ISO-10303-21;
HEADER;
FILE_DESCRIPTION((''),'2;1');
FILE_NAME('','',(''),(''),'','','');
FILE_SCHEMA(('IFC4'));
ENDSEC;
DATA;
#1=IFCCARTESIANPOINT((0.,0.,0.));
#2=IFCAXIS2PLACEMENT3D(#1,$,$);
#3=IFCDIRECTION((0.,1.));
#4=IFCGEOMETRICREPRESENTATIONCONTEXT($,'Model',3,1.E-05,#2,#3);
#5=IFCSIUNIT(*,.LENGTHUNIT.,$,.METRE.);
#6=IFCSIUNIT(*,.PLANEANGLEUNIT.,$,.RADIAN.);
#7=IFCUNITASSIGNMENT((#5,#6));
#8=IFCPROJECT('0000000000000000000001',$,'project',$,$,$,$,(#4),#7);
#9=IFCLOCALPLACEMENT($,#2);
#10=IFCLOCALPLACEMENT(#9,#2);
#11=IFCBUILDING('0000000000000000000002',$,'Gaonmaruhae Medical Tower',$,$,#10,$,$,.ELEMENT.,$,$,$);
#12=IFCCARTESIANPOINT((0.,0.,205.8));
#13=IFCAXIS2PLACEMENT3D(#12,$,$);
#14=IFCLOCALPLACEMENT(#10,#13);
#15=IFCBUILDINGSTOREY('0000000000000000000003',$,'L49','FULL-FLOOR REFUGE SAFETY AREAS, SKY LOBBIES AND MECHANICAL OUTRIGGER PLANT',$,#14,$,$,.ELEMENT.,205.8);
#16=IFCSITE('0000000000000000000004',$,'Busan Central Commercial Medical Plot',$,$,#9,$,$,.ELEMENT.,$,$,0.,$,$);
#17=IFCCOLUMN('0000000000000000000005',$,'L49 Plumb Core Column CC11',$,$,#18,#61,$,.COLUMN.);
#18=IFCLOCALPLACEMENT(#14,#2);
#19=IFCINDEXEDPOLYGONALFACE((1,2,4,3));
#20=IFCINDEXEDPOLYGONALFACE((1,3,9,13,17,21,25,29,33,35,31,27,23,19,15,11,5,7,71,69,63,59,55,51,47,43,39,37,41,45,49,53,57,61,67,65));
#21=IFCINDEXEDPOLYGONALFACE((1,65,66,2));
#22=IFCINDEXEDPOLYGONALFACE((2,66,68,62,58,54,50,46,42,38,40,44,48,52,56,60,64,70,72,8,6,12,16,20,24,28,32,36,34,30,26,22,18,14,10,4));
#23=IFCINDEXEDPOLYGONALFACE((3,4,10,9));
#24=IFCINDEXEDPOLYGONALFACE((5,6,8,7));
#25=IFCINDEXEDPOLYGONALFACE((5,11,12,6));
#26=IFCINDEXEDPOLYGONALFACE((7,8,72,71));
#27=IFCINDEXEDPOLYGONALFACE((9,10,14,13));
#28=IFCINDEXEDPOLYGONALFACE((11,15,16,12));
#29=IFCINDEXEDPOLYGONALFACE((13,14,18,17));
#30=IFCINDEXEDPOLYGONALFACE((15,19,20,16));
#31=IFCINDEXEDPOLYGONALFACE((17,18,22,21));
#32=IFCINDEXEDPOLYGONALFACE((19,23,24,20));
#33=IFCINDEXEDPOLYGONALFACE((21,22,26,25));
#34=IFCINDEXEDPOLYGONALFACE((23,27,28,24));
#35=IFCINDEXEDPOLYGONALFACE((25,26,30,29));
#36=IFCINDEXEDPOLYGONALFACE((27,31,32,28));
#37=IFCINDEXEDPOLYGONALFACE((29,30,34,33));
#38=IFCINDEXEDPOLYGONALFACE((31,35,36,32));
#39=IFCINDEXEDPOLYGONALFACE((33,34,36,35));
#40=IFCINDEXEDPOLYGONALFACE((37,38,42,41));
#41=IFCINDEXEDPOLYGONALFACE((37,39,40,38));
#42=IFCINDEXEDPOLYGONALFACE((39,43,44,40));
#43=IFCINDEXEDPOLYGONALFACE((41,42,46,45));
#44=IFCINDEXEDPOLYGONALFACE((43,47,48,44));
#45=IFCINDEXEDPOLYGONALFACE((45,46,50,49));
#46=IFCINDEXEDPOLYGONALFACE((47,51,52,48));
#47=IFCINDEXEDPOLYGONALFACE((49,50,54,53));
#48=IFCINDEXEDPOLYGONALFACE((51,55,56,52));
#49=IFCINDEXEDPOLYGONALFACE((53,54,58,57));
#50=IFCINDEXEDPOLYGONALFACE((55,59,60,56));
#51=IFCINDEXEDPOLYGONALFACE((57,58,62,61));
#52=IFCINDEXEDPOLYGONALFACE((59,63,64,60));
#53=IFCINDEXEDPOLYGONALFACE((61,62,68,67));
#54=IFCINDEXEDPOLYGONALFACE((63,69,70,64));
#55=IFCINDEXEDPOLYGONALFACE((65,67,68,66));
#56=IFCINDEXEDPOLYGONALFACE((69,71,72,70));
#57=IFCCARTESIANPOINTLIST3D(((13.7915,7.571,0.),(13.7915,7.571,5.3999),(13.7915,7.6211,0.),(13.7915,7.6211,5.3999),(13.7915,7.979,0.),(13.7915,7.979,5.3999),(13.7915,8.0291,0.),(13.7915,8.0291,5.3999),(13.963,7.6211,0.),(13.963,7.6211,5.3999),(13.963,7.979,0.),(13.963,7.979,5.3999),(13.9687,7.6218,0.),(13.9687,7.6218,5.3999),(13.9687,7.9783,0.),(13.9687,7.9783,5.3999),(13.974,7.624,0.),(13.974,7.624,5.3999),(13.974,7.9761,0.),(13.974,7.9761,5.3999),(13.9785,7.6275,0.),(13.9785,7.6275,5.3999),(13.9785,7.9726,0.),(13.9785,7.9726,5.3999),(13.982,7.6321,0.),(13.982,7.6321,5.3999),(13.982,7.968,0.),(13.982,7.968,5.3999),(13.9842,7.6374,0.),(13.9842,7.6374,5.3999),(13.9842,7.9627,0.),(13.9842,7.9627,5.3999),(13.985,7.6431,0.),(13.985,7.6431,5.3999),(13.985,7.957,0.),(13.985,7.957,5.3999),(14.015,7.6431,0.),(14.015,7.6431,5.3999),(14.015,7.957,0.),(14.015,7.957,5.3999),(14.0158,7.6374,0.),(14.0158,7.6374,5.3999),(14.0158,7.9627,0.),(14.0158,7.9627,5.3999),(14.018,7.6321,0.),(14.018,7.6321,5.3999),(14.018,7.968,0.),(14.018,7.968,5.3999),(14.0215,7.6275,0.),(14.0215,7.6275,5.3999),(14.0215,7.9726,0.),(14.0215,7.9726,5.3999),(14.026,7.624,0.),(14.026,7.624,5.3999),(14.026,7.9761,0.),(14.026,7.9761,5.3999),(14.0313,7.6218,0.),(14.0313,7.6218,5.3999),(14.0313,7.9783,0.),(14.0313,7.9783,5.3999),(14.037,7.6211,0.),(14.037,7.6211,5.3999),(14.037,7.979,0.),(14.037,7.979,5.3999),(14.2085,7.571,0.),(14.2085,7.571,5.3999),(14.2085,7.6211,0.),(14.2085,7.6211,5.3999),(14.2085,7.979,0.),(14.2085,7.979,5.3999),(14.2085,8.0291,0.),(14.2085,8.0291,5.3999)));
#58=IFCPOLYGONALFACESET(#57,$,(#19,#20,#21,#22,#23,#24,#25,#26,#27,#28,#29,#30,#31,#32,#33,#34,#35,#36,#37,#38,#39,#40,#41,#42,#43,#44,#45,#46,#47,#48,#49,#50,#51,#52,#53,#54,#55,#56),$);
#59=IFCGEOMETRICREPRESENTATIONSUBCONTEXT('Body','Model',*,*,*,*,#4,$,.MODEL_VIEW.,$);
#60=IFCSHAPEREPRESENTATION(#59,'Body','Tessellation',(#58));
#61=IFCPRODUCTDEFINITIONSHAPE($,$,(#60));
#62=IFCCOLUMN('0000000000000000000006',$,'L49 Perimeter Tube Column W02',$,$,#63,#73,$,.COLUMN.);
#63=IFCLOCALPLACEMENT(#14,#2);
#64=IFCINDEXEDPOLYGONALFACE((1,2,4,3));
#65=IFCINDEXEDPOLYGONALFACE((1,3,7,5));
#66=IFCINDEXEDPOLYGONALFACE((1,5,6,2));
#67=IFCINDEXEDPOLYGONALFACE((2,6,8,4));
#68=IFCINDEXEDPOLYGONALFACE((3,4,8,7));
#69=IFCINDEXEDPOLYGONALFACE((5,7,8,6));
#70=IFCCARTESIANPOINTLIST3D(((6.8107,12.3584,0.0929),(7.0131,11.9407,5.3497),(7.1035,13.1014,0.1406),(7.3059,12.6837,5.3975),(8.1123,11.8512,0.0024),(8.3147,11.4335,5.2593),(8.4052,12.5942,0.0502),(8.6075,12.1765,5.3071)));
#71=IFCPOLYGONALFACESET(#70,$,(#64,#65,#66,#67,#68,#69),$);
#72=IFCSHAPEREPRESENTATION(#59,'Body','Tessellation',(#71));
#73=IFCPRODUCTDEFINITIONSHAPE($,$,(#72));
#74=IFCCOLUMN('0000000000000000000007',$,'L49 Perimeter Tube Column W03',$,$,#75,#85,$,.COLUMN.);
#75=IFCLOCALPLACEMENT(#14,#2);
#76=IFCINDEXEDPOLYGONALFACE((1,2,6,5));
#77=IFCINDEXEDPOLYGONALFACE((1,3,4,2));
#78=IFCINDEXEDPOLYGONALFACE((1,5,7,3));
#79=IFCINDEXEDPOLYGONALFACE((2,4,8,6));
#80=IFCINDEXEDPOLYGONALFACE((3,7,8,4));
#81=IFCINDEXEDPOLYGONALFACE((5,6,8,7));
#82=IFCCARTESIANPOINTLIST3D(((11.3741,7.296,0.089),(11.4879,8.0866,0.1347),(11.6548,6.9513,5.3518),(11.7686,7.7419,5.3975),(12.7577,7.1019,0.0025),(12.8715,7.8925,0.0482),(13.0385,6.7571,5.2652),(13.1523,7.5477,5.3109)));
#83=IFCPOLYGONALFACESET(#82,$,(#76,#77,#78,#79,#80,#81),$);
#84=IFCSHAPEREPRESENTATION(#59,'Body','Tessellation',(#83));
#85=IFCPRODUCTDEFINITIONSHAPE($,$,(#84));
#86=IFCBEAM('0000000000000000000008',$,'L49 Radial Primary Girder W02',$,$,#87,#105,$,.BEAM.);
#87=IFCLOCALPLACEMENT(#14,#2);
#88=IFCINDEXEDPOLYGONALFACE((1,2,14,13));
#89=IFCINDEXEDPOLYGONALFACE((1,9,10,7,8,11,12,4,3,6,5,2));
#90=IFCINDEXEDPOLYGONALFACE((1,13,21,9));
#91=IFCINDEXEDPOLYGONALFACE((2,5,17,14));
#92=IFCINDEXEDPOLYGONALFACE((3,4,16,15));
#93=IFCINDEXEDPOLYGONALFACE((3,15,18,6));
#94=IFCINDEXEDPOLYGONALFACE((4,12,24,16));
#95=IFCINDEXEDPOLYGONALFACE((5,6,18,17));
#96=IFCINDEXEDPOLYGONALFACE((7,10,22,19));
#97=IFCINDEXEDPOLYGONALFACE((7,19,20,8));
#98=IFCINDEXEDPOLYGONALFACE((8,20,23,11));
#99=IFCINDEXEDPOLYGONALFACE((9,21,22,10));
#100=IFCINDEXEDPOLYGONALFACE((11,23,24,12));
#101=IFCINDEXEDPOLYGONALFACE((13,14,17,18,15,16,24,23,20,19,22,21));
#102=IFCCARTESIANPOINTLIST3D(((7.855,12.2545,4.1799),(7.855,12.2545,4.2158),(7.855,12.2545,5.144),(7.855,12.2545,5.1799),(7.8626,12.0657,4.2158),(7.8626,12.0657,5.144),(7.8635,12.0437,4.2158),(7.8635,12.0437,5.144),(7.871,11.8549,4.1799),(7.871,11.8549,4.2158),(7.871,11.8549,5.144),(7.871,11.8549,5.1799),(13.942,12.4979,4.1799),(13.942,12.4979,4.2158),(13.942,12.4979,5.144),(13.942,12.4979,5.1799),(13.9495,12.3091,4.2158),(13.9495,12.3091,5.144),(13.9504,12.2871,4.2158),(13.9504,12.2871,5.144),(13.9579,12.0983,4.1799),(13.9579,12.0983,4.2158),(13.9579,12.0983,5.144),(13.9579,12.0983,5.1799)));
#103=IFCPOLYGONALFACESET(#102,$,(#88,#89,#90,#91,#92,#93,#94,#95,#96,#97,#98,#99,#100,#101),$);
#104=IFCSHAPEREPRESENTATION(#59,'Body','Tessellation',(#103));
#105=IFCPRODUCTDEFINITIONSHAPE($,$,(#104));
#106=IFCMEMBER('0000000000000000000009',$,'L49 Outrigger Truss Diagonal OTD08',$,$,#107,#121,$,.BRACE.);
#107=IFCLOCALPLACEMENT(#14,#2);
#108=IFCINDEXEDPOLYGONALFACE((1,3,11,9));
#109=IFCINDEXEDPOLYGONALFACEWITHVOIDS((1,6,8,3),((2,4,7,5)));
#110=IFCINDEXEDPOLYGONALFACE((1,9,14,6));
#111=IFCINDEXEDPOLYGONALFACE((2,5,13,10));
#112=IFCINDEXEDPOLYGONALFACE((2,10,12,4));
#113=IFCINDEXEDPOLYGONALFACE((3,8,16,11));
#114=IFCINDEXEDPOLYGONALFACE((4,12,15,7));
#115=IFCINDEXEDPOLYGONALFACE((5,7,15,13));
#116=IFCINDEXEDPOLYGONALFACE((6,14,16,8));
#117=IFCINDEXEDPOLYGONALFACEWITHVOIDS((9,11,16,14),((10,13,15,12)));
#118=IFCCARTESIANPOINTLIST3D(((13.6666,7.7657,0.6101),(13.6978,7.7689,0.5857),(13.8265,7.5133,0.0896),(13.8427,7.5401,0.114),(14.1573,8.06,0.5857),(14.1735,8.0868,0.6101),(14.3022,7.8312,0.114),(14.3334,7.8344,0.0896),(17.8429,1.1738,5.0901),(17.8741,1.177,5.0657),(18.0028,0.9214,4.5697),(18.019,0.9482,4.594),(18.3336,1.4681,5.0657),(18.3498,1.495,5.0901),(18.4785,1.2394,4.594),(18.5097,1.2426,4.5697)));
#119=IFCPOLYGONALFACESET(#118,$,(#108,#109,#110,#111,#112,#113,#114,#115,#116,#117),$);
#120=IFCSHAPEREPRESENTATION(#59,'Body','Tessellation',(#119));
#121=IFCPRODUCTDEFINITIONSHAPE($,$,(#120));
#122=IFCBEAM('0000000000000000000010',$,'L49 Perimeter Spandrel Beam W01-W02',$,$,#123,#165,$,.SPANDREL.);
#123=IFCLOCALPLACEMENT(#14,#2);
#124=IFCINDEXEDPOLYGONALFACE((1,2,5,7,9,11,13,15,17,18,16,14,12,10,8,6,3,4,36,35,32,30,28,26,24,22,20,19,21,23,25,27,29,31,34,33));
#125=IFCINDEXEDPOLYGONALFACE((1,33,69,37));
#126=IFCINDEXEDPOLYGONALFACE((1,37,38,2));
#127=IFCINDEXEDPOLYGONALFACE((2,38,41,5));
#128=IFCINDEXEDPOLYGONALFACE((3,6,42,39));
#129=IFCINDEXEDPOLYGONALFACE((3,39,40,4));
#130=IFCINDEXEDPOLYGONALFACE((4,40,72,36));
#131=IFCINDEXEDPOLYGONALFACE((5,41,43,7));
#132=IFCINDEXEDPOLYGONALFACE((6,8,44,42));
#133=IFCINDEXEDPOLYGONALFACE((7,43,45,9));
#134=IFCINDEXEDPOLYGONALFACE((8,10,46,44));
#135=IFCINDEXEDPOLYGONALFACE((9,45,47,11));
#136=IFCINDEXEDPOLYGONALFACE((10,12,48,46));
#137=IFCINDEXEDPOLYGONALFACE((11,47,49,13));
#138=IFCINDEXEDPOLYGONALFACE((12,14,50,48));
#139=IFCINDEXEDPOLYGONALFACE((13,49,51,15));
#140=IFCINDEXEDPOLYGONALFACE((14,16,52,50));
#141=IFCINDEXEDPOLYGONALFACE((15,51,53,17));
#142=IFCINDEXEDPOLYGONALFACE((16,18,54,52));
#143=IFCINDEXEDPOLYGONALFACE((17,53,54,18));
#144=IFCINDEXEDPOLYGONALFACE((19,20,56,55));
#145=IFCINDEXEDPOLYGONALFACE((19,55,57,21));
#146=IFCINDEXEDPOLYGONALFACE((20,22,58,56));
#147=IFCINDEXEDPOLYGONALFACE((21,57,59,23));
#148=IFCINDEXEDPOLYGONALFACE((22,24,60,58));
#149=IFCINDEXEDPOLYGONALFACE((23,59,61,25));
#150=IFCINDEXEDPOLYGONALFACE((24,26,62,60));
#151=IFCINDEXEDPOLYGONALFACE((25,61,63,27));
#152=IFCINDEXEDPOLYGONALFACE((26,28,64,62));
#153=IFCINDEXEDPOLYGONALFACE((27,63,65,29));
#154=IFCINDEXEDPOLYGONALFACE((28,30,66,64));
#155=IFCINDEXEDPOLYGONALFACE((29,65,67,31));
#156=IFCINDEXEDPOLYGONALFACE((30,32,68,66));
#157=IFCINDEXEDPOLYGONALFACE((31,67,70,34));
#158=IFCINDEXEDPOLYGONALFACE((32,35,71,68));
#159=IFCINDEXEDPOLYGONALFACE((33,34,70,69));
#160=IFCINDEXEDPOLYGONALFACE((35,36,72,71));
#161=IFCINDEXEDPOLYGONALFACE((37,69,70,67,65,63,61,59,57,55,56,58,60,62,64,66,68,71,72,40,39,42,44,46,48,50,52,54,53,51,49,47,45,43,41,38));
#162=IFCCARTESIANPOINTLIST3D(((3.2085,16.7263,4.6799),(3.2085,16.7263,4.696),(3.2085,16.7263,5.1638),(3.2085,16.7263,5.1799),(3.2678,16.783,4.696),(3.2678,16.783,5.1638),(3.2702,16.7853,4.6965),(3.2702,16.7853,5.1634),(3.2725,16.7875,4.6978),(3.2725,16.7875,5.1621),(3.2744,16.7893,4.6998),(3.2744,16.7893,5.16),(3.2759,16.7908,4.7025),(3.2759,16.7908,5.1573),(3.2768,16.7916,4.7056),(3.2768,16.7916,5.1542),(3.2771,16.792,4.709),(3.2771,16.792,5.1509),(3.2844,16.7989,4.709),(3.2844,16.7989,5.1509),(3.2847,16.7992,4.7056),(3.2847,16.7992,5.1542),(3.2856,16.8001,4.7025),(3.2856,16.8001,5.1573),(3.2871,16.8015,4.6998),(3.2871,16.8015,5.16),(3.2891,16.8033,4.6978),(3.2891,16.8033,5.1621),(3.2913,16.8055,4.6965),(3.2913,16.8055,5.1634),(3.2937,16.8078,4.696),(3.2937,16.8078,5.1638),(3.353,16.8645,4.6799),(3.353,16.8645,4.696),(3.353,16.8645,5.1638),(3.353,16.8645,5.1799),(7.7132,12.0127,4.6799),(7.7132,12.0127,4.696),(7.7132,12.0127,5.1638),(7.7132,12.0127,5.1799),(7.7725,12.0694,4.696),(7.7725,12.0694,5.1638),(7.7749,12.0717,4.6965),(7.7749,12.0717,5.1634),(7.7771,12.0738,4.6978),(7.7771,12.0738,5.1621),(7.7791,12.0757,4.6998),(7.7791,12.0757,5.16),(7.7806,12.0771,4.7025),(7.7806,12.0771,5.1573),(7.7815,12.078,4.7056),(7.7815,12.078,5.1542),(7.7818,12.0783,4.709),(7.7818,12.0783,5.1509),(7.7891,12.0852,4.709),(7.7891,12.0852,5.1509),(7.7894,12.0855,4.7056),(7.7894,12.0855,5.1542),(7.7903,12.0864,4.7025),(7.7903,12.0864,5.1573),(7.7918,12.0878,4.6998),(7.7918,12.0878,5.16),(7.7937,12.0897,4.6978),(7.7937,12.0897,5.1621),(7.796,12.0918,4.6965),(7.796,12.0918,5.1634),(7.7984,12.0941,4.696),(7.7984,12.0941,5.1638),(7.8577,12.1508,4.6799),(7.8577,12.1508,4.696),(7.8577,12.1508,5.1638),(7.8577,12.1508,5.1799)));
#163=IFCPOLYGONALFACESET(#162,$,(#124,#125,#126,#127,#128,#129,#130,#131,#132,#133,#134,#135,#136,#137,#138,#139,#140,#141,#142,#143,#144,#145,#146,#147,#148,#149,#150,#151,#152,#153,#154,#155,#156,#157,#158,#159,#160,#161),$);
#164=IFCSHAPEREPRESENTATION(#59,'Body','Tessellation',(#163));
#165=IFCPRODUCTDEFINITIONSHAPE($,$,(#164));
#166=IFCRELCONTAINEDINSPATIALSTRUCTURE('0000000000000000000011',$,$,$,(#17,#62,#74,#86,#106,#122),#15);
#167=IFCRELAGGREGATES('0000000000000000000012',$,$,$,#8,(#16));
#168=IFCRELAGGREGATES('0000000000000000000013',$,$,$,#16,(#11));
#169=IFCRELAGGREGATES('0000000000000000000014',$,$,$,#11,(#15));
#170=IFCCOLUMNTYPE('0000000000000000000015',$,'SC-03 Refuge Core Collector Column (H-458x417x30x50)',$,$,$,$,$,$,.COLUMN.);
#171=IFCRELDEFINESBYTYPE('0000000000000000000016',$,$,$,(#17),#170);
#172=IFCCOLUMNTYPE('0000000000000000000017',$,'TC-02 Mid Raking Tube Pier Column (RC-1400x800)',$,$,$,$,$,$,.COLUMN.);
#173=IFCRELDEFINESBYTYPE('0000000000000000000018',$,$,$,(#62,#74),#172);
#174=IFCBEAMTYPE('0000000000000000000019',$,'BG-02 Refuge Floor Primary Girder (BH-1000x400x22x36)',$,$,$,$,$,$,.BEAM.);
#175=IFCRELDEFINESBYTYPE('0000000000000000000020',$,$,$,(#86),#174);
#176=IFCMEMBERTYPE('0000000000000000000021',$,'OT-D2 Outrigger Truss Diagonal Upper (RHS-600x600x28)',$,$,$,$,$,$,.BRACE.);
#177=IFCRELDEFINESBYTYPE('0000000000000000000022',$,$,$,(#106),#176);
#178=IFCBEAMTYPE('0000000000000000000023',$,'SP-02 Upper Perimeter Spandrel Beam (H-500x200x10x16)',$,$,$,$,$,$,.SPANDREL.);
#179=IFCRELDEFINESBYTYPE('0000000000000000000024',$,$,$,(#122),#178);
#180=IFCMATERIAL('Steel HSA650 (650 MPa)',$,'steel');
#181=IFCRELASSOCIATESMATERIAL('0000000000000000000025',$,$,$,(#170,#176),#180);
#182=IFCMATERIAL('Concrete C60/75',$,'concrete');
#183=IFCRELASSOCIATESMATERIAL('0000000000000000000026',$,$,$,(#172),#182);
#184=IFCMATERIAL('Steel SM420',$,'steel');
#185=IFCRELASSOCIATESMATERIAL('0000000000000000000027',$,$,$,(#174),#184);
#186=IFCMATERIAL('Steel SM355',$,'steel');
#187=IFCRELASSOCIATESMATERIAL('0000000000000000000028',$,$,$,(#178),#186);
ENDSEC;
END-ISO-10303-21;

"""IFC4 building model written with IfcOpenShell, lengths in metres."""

from ifc_helpers import new_model, si_unit, direction, frame, origin, origin_2d, place, context, subcontext, project, spatial, rectangle, hollow_rectangle, i_section, extrude, material, material_profile, profile_set, type_object, element, save


model = new_model("IFC4")

# Units and contexts
model_context = context("Model", 3, precision=1e-05, world=origin(), true_north=direction((0.0, 1.0)))
body_context = subcontext(model_context, "Body", "Model", "MODEL_VIEW")
ifc_project = project(units=[si_unit("LENGTHUNIT", "METRE"), si_unit("PLANEANGLEUNIT", "RADIAN")], contexts=[model_context])

# Site, building, storey
site_placement = place(None, origin())
site = spatial("IfcSite", under=ifc_project, at=site_placement, Name="Busan Central Commercial Medical Plot", CompositionType="ELEMENT", RefElevation=0.0)
building_placement = place(site_placement, origin())
building = spatial("IfcBuilding", under=site, at=building_placement, Name="Gaonmaruhae Medical Tower", CompositionType="ELEMENT")
storey_placement = place(building_placement, frame((0.0, 0.0, 205.8)))
storey = spatial("IfcBuildingStorey", under=building, at=storey_placement, Name="L49", Description="FULL-FLOOR REFUGE SAFETY AREAS, SKY LOBBIES AND MECHANICAL OUTRIGGER PLANT", CompositionType="ELEMENT", Elevation=205.8)

# Columns
ifc_material_1 = material(Name="Steel HSA650 (650 MPa)", Category="steel")
ifc_material_profile_1 = material_profile(ifc_material_1, i_section(OverallWidth=0.417, OverallDepth=0.458, WebThickness=0.03, FlangeThickness=0.05, FilletRadius=0.022, at=origin_2d()), Name="H-458x417x30x50")
ifc_profile_set_1 = profile_set([ifc_material_profile_1], Name="Steel HSA650 (650 MPa)")
column_type_1 = type_object("IfcColumnType", Name="SC-03 Refuge Core Collector Column (H-458x417x30x50)", PredefinedType="COLUMN", material=ifc_profile_set_1)
column_1_placement = place(storey_placement, frame((14.0, 7.8, 0.0), z_axis=(0.0, 0.0, 1.0), x_axis=(1.0, 0.0, 0.0)))
element("IfcColumn", 1, at=column_1_placement, inside=storey, type_object=column_type_1, Name="L49 Plumb Core Column CC11", PredefinedType="COLUMN", context=body_context, shape_type="SweptSolid", body=[
    extrude(i_section(OverallWidth=0.417, OverallDepth=0.458, WebThickness=0.03, FlangeThickness=0.05, FilletRadius=0.022, at=origin_2d()), origin(), (0.0, 0.0, 1.0), 5.3999),
])
ifc_material_2 = material(Name="Concrete C60/75", Category="concrete")
ifc_material_profile_2 = material_profile(ifc_material_2, rectangle(XDim=1.3999, YDim=0.8, at=origin_2d()), Name="RC-1400x800")
ifc_profile_set_2 = profile_set([ifc_material_profile_2], Name="Concrete C60/75")
column_type_2 = type_object("IfcColumnType", Name="TC-02 Mid Raking Tube Pier Column (RC-1400x800)", PredefinedType="COLUMN", material=ifc_profile_set_2)
column_2_placement = place(storey_placement, frame((7.6079, 12.4763, 0.0715), z_axis=(0.038352, -0.079155, 0.996124), x_axis=(-0.92982, 0.362303, 0.064589)))
element("IfcColumn", 2, at=column_2_placement, inside=storey, type_object=column_type_2, Name="L49 Perimeter Tube Column W02", PredefinedType="COLUMN", context=body_context, shape_type="SweptSolid", body=[
    extrude(rectangle(XDim=1.3999, YDim=0.8, at=origin_2d()), origin(), (0.0, 0.0, 1.0), 5.2773),
])
column_3_placement = place(storey_placement, frame((12.1228, 7.5942, 0.0686), z_axis=(0.05316, -0.065271, 0.996451), x_axis=(-0.988405, 0.13869, 0.061816)))
element("IfcColumn", 3, at=column_3_placement, inside=storey, type_object=column_type_2, Name="L49 Perimeter Tube Column W03", PredefinedType="COLUMN", context=body_context, shape_type="SweptSolid", body=[
    extrude(rectangle(XDim=1.3999, YDim=0.8, at=origin_2d()), origin(), (0.0, 0.0, 1.0), 5.2815),
])

# Beam
ifc_material_3 = material(Name="Steel SM420", Category="steel")
ifc_material_profile_3 = material_profile(ifc_material_3, i_section(OverallWidth=0.3999, OverallDepth=1.0, WebThickness=0.022, FlangeThickness=0.0359, at=origin_2d()), Name="BH-1000x400x22x36")
ifc_profile_set_3 = profile_set([ifc_material_profile_3], Name="Steel SM420")
beam_type_1 = type_object("IfcBeamType", Name="BG-02 Refuge Floor Primary Girder (BH-1000x400x22x36)", PredefinedType="BEAM", material=ifc_profile_set_3)
beam_1_placement = place(storey_placement, frame((13.95, 12.2981, 4.6799), z_axis=(-0.999201, -0.039957, 0.0), x_axis=(0.039957, -0.999201, 0.0)))
element("IfcBeam", 4, at=beam_1_placement, inside=storey, type_object=beam_type_1, Name="L49 Radial Primary Girder W02", PredefinedType="BEAM", context=body_context, shape_type="SweptSolid", body=[
    extrude(i_section(OverallWidth=0.3999, OverallDepth=1.0, WebThickness=0.022, FlangeThickness=0.0359, at=origin_2d()), origin(), (0.0, 0.0, 1.0), 6.0918),
])

# Member
ifc_material_profile_4 = material_profile(ifc_material_1, hollow_rectangle(XDim=0.6001, YDim=0.6001, WallThickness=0.0281, at=origin_2d()), Name="RHS-600x600x28")
ifc_profile_set_4 = profile_set([ifc_material_profile_4], Name="Steel HSA650 (650 MPa)")
member_type = type_object("IfcMemberType", Name="OT-D2 Outrigger Truss Diagonal Upper (RHS-600x600x28)", PredefinedType="BRACE", material=ifc_profile_set_4)
member_placement = place(storey_placement, frame((14.0, 7.8, 0.3499), z_axis=(0.464135, -0.732588, 0.497889), x_axis=(0.844734, 0.535186, 0.0)))
element("IfcMember", 5, at=member_placement, inside=storey, type_object=member_type, Name="L49 Outrigger Truss Diagonal OTD08", PredefinedType="BRACE", context=body_context, shape_type="SweptSolid", body=[
    extrude(hollow_rectangle(XDim=0.6001, YDim=0.6001, WallThickness=0.0281, at=origin_2d()), origin(), (0.0, 0.0, 1.0), 8.998),
])

# Beam
ifc_material_4 = material(Name="Steel SM355", Category="steel")
ifc_material_profile_5 = material_profile(ifc_material_4, i_section(OverallWidth=0.2, OverallDepth=0.5, WebThickness=0.01, FlangeThickness=0.0161, FilletRadius=0.0129, at=origin_2d()), Name="H-500x200x10x16")
ifc_profile_set_5 = profile_set([ifc_material_profile_5], Name="Steel SM355")
beam_type_2 = type_object("IfcBeamType", Name="SP-02 Upper Perimeter Spandrel Beam (H-500x200x10x16)", PredefinedType="SPANDREL", material=ifc_profile_set_5)
beam_2_placement = place(storey_placement, frame((3.2808, 16.7954, 4.9299), z_axis=(0.690899, -0.722952, 0.0), x_axis=(0.722952, 0.690899, 0.0)))
element("IfcBeam", 6, at=beam_2_placement, inside=storey, type_object=beam_type_2, Name="L49 Perimeter Spandrel Beam W01-W02", PredefinedType="SPANDREL", context=body_context, shape_type="SweptSolid", body=[
    extrude(i_section(OverallWidth=0.2, OverallDepth=0.5, WebThickness=0.01, FlangeThickness=0.0161, FilletRadius=0.0129, at=origin_2d()), origin(), (0.0, 0.0, 1.0), 6.52),
])

save(model, "model.ifc")
